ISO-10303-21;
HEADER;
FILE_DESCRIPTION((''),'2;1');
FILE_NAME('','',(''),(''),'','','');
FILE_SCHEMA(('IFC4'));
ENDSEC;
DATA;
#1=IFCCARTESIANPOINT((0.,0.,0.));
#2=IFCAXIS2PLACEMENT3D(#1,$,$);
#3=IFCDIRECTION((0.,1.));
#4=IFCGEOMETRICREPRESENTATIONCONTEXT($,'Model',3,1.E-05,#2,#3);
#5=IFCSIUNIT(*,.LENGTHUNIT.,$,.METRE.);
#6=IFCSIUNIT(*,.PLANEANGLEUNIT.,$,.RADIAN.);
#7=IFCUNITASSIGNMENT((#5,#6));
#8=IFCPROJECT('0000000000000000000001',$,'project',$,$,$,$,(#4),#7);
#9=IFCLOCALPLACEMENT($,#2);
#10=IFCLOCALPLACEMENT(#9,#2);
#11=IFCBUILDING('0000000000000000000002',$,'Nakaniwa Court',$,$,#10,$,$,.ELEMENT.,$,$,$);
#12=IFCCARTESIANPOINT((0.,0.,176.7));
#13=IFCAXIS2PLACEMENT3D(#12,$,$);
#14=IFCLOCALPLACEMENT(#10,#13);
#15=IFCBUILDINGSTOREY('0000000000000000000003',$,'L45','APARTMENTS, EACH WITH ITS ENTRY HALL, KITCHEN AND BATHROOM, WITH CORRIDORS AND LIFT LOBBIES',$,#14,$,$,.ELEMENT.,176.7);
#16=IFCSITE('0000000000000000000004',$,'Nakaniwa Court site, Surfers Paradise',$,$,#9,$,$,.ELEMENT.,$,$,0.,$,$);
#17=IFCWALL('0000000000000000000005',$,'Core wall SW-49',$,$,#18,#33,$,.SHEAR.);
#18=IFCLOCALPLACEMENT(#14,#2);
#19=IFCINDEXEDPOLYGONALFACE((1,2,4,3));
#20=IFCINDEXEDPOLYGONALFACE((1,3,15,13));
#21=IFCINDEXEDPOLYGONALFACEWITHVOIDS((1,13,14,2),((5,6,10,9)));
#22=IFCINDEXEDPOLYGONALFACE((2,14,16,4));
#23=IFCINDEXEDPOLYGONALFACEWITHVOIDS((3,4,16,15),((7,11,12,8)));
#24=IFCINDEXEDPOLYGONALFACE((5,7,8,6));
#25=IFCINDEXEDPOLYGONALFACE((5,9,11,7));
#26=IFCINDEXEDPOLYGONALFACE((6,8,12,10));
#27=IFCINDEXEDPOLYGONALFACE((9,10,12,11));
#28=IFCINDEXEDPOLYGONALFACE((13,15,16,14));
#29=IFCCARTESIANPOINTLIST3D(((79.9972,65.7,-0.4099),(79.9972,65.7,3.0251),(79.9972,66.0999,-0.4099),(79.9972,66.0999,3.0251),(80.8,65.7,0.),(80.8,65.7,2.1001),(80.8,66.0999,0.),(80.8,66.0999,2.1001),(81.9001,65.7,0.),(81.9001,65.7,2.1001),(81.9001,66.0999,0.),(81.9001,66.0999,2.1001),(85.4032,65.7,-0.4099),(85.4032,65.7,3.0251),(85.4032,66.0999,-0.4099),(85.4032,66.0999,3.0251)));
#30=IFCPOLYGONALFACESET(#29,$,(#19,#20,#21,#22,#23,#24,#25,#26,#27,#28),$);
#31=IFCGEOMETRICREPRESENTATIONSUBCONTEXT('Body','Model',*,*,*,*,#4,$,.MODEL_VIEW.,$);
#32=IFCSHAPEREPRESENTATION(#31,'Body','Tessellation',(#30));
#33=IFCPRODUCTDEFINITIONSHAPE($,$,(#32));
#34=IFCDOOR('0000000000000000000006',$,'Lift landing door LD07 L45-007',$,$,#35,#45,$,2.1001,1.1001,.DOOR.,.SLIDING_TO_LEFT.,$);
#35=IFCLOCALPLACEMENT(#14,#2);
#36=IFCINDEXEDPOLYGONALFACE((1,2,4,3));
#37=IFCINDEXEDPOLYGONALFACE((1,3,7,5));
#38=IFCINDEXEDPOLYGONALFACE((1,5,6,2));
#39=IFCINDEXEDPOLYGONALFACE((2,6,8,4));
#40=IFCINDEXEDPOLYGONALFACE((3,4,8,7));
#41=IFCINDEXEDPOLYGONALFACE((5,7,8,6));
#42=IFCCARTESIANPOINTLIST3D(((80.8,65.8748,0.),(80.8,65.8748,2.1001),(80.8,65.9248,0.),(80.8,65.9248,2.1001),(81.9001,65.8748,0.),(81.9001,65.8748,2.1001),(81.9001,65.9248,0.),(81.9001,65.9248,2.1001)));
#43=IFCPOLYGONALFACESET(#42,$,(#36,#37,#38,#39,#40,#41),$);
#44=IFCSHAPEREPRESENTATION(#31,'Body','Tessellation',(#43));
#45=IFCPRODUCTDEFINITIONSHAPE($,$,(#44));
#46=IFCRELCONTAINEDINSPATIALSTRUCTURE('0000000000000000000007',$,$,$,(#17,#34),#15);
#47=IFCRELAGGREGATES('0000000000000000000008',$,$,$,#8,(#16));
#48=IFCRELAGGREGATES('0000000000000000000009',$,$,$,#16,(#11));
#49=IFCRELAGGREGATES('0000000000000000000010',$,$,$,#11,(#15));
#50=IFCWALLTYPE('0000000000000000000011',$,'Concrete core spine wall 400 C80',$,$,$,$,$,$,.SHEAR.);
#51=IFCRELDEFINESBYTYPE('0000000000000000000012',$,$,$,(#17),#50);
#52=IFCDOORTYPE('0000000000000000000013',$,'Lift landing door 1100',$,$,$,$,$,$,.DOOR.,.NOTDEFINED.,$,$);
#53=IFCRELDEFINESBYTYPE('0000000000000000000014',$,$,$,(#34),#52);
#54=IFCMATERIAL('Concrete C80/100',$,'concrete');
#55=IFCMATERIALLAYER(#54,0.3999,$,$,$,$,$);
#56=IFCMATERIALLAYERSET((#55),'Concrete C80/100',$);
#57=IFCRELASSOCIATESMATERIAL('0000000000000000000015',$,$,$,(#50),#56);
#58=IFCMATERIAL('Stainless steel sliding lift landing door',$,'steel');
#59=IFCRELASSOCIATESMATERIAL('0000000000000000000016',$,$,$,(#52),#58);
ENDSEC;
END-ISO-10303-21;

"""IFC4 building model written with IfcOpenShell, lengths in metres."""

from ifc_helpers import new_model, si_unit, direction, frame, frame_2d, origin, place, context, subcontext, project, spatial, rectangle, extrude, material, layer, layer_set, type_object, element, fill, save


model = new_model("IFC4")

# Units and contexts
model_context = context("Model", 3, precision=1e-05, world=origin(), true_north=direction((0.0, 1.0)))
body_context = subcontext(model_context, "Body", "Model", "MODEL_VIEW")
ifc_project = project(units=[si_unit("LENGTHUNIT", "METRE"), si_unit("PLANEANGLEUNIT", "RADIAN")], contexts=[model_context])

# Site, building, storey
site_placement = place(None, origin())
site = spatial("IfcSite", under=ifc_project, at=site_placement, Name="Nakaniwa Court site, Surfers Paradise", CompositionType="ELEMENT", RefElevation=0.0)
building_placement = place(site_placement, origin())
building = spatial("IfcBuilding", under=site, at=building_placement, Name="Nakaniwa Court", CompositionType="ELEMENT")
storey_placement = place(building_placement, frame((0.0, 0.0, 176.7)))
storey = spatial("IfcBuildingStorey", under=building, at=storey_placement, Name="L45", Description="APARTMENTS, EACH WITH ITS ENTRY HALL, KITCHEN AND BATHROOM, WITH CORRIDORS AND LIFT LOBBIES", CompositionType="ELEMENT", Elevation=176.7)

# Shared definitions
ifc_material_1 = material(Name="Concrete C80/100", Category="concrete")

# Wall, opening, door
ifc_layer_1 = layer(ifc_material_1, 0.3999)
ifc_layer_set_1 = layer_set([ifc_layer_1], Name="Concrete C80/100")
wall_type_1 = type_object("IfcWallType", Name="Concrete core spine wall 400 C80", PredefinedType="SHEAR", material=ifc_layer_set_1)
wall_1_placement = place(storey_placement, frame((79.9971, 65.8999, -0.4099), z_axis=(0.0, 0.0, 1.0), x_axis=(1.0, 0.0, 0.0)))
wall_1 = element("IfcWall", 1, at=wall_1_placement, inside=storey, type_object=wall_type_1, Name="Core wall SW-49", PredefinedType="SHEAR", context=body_context, shape_type="SweptSolid", body=[
    extrude(rectangle(XDim=5.406, YDim=0.3999, at=frame_2d((2.7031, 0.0))), origin(), (0.0, 0.0, 1.0), 3.4351),
])
opening_1_placement = place(wall_1_placement, frame((0.803, 0.0, 0.4099)))
opening_1 = element("IfcOpeningElement", 2, at=opening_1_placement, cuts=wall_1, PredefinedType="OPENING", context=body_context, shape_type="SweptSolid", body=[
    extrude(rectangle(XDim=1.1001, YDim=2.1001, at=frame_2d((0.55, 1.05))), frame((0.0, 0.21, 0.0), z_axis=(0.0, -1.0, 0.0), x_axis=(1.0, 0.0, 0.0)), (0.0, 0.0, 1.0), 0.4199),
])
ifc_material_2 = material(Name="Stainless steel sliding lift landing door", Category="steel")
door_type_1 = type_object("IfcDoorType", Name="Lift landing door 1100", OperationType="NOTDEFINED", PredefinedType="DOOR", material=ifc_material_2)
door_1_placement = place(opening_1_placement, origin())
door_1 = element("IfcDoor", 3, at=door_1_placement, inside=storey, type_object=door_type_1, Name="Lift landing door LD07 L45-007", OperationType="SLIDING_TO_LEFT", OverallHeight=2.1001, OverallWidth=1.1001, PredefinedType="DOOR", context=body_context, shape_type="SweptSolid", body=[
    extrude(rectangle(XDim=1.1001, YDim=2.1001, at=frame_2d((0.55, 1.05))), frame((0.0, 0.0249, 0.0), z_axis=(0.0, -1.0, 0.0), x_axis=(1.0, 0.0, 0.0)), (0.0, 0.0, 1.0), 0.05),
])
fill(opening_1, door_1)

save(model, "model.ifc")
